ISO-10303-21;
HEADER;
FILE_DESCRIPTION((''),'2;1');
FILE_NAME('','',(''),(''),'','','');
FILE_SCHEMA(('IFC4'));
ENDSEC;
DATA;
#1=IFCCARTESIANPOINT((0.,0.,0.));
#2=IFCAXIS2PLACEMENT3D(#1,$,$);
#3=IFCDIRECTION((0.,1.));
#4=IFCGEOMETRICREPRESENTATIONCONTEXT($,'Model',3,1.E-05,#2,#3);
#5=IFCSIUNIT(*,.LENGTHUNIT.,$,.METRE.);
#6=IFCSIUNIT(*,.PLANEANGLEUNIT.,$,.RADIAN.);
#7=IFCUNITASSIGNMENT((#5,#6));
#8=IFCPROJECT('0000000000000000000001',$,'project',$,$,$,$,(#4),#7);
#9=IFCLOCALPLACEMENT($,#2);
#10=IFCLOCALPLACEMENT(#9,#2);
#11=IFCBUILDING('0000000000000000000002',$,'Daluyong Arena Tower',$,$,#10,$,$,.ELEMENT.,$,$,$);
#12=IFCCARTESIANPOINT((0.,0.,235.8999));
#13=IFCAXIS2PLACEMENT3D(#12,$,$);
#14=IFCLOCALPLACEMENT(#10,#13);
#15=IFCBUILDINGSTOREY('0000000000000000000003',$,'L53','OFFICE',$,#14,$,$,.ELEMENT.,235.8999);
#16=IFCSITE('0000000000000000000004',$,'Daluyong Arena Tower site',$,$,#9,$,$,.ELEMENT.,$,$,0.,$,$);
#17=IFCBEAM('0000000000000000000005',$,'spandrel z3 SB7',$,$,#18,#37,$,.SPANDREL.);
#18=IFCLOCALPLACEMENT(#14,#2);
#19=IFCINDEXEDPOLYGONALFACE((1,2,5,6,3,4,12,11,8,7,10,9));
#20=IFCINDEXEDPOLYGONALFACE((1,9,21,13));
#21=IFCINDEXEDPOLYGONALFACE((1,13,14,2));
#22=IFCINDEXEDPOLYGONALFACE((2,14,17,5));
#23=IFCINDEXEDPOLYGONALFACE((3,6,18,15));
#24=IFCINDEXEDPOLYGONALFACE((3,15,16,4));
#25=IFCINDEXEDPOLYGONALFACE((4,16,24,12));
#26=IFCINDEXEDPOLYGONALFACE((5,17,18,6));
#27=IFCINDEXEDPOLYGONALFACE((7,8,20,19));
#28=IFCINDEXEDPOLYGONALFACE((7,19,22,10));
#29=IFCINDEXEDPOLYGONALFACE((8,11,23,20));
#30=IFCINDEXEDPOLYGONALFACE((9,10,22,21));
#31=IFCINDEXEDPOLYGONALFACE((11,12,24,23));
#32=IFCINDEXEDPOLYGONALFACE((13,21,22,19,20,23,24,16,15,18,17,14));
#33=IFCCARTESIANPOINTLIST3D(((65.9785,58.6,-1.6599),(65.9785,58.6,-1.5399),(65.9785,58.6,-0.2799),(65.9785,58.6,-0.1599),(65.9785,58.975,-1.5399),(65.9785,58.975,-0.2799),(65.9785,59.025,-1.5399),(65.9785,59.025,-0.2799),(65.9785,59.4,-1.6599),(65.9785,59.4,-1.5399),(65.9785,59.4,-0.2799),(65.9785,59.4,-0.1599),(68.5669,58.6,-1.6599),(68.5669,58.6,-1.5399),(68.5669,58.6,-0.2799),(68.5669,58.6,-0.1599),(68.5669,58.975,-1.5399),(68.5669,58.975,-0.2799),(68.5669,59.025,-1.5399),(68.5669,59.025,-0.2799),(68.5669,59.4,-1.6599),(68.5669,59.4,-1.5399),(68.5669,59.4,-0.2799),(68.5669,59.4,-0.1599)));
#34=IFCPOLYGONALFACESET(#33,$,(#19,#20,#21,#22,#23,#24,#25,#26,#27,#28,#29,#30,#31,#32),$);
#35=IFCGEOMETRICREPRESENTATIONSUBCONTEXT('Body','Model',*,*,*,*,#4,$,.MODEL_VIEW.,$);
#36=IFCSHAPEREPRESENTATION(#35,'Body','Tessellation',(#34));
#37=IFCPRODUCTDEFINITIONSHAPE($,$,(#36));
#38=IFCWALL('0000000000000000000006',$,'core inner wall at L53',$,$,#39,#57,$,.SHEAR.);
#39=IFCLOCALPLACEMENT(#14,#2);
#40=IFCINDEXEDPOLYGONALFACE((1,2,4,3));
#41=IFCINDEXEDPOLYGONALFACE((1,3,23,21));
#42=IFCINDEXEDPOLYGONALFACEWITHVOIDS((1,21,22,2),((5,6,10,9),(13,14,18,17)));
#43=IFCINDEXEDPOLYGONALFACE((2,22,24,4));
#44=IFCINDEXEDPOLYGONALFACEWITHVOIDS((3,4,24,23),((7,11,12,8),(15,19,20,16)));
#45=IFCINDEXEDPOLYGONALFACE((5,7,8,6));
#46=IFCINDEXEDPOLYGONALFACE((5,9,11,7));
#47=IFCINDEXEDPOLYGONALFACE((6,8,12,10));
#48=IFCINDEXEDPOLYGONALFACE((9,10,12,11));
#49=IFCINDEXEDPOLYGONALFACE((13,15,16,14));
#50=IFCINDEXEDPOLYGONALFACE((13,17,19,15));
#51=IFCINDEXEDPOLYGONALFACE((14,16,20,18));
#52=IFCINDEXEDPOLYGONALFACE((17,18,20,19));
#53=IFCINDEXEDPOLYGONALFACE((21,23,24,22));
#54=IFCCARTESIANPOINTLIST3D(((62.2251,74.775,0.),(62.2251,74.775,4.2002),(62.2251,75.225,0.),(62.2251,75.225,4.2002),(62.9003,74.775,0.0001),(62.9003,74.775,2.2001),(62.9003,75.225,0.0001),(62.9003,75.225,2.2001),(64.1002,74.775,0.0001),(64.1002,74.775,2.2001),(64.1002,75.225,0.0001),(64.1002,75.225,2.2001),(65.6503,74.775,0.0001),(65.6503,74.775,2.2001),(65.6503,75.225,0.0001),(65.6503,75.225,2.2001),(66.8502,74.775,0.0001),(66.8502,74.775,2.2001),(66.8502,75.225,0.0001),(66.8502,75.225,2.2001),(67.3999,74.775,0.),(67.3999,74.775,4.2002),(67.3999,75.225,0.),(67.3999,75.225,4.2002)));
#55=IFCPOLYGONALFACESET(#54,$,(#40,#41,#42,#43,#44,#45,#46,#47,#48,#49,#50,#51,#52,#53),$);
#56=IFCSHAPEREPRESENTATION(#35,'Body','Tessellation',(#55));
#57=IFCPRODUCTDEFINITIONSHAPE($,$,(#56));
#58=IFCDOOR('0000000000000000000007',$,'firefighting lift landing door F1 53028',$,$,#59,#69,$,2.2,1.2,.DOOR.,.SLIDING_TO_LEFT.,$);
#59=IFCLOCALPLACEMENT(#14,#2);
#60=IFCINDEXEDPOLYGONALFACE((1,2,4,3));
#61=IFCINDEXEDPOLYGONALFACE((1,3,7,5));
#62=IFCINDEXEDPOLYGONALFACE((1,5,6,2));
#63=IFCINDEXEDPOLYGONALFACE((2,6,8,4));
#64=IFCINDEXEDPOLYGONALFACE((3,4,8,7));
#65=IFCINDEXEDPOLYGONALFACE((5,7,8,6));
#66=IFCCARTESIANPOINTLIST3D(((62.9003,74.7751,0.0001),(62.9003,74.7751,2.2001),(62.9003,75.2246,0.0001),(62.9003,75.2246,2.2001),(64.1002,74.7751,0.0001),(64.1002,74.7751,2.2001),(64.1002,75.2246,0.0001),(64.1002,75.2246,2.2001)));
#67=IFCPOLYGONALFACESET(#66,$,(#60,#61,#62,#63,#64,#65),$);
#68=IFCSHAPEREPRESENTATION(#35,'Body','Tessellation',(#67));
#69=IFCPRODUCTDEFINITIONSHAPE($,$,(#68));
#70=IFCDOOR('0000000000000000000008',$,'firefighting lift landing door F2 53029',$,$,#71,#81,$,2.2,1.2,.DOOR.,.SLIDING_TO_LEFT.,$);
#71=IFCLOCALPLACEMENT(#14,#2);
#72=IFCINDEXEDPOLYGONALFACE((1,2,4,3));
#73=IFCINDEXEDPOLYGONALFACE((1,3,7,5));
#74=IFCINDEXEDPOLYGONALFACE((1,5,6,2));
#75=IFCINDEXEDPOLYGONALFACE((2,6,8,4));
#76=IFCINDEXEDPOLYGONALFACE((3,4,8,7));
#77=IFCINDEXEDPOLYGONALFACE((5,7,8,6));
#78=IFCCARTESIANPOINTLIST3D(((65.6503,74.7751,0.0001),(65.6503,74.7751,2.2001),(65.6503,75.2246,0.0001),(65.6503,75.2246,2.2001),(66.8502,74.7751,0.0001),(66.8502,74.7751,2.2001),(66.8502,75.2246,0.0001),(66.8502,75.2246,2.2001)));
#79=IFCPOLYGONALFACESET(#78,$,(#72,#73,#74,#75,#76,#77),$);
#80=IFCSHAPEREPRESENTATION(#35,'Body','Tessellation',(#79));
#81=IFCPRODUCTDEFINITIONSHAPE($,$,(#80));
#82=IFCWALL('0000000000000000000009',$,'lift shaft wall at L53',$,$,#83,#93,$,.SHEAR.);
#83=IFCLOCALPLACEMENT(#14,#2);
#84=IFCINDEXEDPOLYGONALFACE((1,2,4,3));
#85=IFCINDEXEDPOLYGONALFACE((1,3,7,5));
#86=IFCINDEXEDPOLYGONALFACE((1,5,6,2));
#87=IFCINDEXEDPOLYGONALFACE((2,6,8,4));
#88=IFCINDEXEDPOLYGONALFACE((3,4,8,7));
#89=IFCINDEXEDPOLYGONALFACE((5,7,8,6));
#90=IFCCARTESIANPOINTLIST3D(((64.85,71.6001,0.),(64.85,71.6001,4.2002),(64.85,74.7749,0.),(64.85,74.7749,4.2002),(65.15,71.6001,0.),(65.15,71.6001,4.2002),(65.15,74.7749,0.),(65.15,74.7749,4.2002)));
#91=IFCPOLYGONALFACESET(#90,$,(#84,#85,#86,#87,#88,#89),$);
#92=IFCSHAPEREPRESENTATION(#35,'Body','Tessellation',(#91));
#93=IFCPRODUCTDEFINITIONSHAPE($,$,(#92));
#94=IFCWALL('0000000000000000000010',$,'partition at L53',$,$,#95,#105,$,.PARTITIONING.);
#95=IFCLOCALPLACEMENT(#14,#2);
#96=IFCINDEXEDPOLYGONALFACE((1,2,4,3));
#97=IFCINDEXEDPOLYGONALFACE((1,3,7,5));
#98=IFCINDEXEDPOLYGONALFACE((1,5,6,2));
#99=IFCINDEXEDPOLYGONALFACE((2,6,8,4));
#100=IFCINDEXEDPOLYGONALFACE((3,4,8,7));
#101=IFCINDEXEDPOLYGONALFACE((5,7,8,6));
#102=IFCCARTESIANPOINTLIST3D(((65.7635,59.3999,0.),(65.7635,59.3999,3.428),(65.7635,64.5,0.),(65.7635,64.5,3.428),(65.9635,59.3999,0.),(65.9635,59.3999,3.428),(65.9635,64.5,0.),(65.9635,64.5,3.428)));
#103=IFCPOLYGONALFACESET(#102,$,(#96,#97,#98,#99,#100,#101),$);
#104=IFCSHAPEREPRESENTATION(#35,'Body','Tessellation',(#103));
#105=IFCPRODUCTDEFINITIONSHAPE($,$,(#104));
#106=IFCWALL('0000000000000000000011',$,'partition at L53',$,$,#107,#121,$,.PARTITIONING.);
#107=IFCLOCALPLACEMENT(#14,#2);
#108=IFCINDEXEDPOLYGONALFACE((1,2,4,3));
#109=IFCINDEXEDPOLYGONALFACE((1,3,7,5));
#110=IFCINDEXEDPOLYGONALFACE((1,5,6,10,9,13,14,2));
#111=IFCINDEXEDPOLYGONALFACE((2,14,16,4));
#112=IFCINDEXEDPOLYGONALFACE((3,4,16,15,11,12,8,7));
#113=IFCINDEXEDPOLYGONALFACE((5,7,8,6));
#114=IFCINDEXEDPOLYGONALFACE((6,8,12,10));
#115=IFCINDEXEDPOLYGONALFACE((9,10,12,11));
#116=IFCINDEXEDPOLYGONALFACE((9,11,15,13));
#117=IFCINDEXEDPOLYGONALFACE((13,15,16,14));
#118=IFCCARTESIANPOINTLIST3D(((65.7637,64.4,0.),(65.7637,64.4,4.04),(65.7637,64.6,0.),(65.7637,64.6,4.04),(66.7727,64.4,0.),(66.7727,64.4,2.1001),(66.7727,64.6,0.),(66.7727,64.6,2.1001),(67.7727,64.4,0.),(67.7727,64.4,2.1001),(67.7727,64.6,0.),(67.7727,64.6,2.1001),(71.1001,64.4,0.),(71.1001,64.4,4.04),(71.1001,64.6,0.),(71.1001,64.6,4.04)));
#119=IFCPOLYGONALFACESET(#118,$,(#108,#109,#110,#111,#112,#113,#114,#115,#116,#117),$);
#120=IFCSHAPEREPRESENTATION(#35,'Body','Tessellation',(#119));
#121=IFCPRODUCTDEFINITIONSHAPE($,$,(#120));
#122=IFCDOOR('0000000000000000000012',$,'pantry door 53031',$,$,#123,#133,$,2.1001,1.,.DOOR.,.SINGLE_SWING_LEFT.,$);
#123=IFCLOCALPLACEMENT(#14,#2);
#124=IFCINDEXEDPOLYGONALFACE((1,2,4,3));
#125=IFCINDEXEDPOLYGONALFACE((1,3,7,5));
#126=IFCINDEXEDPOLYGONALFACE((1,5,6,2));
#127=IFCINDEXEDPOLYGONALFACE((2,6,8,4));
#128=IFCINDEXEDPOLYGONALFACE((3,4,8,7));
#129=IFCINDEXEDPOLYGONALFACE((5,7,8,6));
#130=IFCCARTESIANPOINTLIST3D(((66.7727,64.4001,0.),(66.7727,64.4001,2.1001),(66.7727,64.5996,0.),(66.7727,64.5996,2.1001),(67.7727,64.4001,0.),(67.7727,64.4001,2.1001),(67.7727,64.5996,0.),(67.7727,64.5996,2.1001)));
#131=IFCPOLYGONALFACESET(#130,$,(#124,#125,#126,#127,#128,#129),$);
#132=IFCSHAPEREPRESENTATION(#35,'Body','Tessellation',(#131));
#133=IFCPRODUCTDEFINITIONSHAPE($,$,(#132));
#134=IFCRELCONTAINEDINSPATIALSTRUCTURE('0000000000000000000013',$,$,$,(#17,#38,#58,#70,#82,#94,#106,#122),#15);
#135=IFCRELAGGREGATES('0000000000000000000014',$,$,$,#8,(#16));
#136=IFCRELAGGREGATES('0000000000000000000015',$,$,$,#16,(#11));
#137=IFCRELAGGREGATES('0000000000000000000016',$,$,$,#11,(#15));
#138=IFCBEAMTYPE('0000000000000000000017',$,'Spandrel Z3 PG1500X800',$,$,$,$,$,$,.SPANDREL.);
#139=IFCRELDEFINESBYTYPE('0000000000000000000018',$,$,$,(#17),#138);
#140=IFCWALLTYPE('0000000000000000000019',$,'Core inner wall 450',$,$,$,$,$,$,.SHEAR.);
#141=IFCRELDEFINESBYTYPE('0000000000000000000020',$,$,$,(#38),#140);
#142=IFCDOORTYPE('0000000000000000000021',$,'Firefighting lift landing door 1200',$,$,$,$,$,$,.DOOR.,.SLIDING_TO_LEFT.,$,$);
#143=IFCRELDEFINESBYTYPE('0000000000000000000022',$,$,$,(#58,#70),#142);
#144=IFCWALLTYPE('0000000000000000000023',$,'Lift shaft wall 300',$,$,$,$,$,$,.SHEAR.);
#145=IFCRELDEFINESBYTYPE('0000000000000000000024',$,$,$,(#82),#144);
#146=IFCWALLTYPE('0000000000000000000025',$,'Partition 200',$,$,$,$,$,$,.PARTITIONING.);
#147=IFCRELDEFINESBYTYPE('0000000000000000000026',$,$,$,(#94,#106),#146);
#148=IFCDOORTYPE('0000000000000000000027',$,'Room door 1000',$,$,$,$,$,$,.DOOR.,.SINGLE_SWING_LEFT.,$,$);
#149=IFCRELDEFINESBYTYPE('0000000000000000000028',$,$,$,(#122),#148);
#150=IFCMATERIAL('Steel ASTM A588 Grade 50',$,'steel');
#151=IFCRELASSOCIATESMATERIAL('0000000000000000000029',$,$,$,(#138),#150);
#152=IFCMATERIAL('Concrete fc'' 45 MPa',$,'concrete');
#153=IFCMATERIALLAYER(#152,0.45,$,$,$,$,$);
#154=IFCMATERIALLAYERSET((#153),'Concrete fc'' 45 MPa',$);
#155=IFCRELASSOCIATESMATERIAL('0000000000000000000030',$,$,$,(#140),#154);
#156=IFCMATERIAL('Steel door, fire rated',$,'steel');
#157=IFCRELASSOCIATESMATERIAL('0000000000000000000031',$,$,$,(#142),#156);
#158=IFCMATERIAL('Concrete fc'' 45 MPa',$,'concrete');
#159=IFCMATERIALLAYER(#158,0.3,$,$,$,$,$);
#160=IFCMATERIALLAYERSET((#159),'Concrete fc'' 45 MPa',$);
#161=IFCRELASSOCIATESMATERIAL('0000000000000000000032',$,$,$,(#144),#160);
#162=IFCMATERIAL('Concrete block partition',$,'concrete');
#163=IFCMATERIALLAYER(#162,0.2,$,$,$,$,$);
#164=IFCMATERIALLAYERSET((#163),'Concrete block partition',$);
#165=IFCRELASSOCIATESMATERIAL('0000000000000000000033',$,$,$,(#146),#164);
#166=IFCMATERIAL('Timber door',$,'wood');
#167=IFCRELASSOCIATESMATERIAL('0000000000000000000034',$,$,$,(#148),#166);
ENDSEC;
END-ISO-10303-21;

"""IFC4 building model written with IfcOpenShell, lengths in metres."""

from ifc_helpers import new_model, si_unit, direction, frame, frame_2d, origin, origin_2d, place, context, subcontext, project, spatial, rectangle, i_section, extrude, material, layer, layer_set, material_profile, profile_set, type_object, element, fill, save


model = new_model("IFC4")

# Units and contexts
model_context = context("Model", 3, precision=1e-05, world=origin(), true_north=direction((0.0, 1.0)))
body_context = subcontext(model_context, "Body", "Model", "MODEL_VIEW")
ifc_project = project(units=[si_unit("LENGTHUNIT", "METRE"), si_unit("PLANEANGLEUNIT", "RADIAN")], contexts=[model_context])

# Site, building, storey
site_placement = place(None, origin())
site = spatial("IfcSite", under=ifc_project, at=site_placement, Name="Daluyong Arena Tower site", CompositionType="ELEMENT", RefElevation=0.0)
building_placement = place(site_placement, origin())
building = spatial("IfcBuilding", under=site, at=building_placement, Name="Daluyong Arena Tower", CompositionType="ELEMENT")
storey_placement = place(building_placement, frame((0.0, 0.0, 235.8999)))
storey = spatial("IfcBuildingStorey", under=building, at=storey_placement, Name="L53", Description="OFFICE", CompositionType="ELEMENT", Elevation=235.8999)

# Beam
ifc_material_1 = material(Name="Steel ASTM A588 Grade 50", Category="steel")
ifc_material_profile_1 = material_profile(ifc_material_1, i_section(OverallWidth=0.8, OverallDepth=1.5, WebThickness=0.05, FlangeThickness=0.12, at=origin_2d()))
ifc_profile_set_1 = profile_set([ifc_material_profile_1], Name="Steel ASTM A588 Grade 50")
beam_type_1 = type_object("IfcBeamType", Name="Spandrel Z3 PG1500X800", PredefinedType="SPANDREL", material=ifc_profile_set_1)
beam_1_placement = place(storey_placement, frame((65.9785, 59.0, -0.9099), z_axis=(1.0, 0.0, 0.0), x_axis=(0.0, 1.0, 0.0)))
element("IfcBeam", 1, at=beam_1_placement, inside=storey, type_object=beam_type_1, Name="spandrel z3 SB7", PredefinedType="SPANDREL", context=body_context, shape_type="SweptSolid", body=[
    extrude(i_section(OverallWidth=0.8, OverallDepth=1.5, WebThickness=0.05, FlangeThickness=0.12, at=origin_2d()), origin(), (0.0, 0.0, 1.0), 2.5884),
])

# Shared definitions
ifc_material_2 = material(Name="Concrete fc' 45 MPa", Category="concrete")
ifc_layer_1 = layer(ifc_material_2, 0.45)
ifc_layer_set_1 = layer_set([ifc_layer_1], Name="Concrete fc' 45 MPa")
wall_type_1 = type_object("IfcWallType", Name="Core inner wall 450", PredefinedType="SHEAR", material=ifc_layer_set_1)

# Wall, openings, doors
wall_1_placement = place(storey_placement, frame((62.2251, 75.0, 0.0), z_axis=(0.0, 0.0, 1.0), x_axis=(1.0, 0.0, 0.0)))
wall_1 = element("IfcWall", 2, at=wall_1_placement, inside=storey, type_object=wall_type_1, Name="core inner wall at L53", PredefinedType="SHEAR", context=body_context, shape_type="SweptSolid", body=[
    extrude(rectangle(XDim=5.1748, YDim=0.45, at=frame_2d((2.5874, 0.0))), origin(), (0.0, 0.0, 1.0), 4.2002),
])
opening_1_placement = place(wall_1_placement, frame((0.675, 0.0, 0.0)))
opening_1 = element("IfcOpeningElement", 3, at=opening_1_placement, cuts=wall_1, PredefinedType="OPENING", context=body_context, shape_type="SweptSolid", body=[
    extrude(rectangle(XDim=1.2, YDim=2.2, at=frame_2d((0.6001, 1.1001))), frame((0.0, 0.2349, 0.0), z_axis=(0.0, -1.0, 0.0), x_axis=(1.0, 0.0, 0.0)), (0.0, 0.0, 1.0), 0.47),
])
opening_2_placement = place(wall_1_placement, frame((3.425, 0.0, 0.0)))
opening_2 = element("IfcOpeningElement", 4, at=opening_2_placement, cuts=wall_1, PredefinedType="OPENING", context=body_context, shape_type="SweptSolid", body=[
    extrude(rectangle(XDim=1.2, YDim=2.2, at=frame_2d((0.6001, 1.1001))), frame((0.0, 0.2349, 0.0), z_axis=(0.0, -1.0, 0.0), x_axis=(1.0, 0.0, 0.0)), (0.0, 0.0, 1.0), 0.47),
])
ifc_material_3 = material(Name="Steel door, fire rated", Category="steel")
door_type_1 = type_object("IfcDoorType", Name="Firefighting lift landing door 1200", OperationType="SLIDING_TO_LEFT", PredefinedType="DOOR", material=ifc_material_3)
door_1_placement = place(opening_1_placement, origin())
door_1 = element("IfcDoor", 5, at=door_1_placement, inside=storey, type_object=door_type_1, Name="firefighting lift landing door F1 53028", OperationType="SLIDING_TO_LEFT", OverallHeight=2.2, OverallWidth=1.2, PredefinedType="DOOR", context=body_context, shape_type="SweptSolid", body=[
    extrude(rectangle(XDim=1.2, YDim=2.2, at=frame_2d((0.6001, 1.1001))), frame((0.0, 0.2246, 0.0), z_axis=(0.0, -1.0, 0.0), x_axis=(1.0, 0.0, 0.0)), (0.0, 0.0, 1.0), 0.4495),
])
fill(opening_1, door_1)
door_2_placement = place(opening_2_placement, origin())
door_2 = element("IfcDoor", 6, at=door_2_placement, inside=storey, type_object=door_type_1, Name="firefighting lift landing door F2 53029", OperationType="SLIDING_TO_LEFT", OverallHeight=2.2, OverallWidth=1.2, PredefinedType="DOOR", context=body_context, shape_type="SweptSolid", body=[
    extrude(rectangle(XDim=1.2, YDim=2.2, at=frame_2d((0.6001, 1.1001))), frame((0.0, 0.2246, 0.0), z_axis=(0.0, -1.0, 0.0), x_axis=(1.0, 0.0, 0.0)), (0.0, 0.0, 1.0), 0.4495),
])
fill(opening_2, door_2)

# Walls
ifc_material_4 = material(Name="Concrete fc' 45 MPa", Category="concrete")
ifc_layer_2 = layer(ifc_material_4, 0.3)
ifc_layer_set_2 = layer_set([ifc_layer_2], Name="Concrete fc' 45 MPa")
wall_type_2 = type_object("IfcWallType", Name="Lift shaft wall 300", PredefinedType="SHEAR", material=ifc_layer_set_2)
wall_2_placement = place(storey_placement, frame((65.0, 71.6001, 0.0), z_axis=(0.0, 0.0, 1.0), x_axis=(0.0, 1.0, 0.0)))
element("IfcWall", 7, at=wall_2_placement, inside=storey, type_object=wall_type_2, Name="lift shaft wall at L53", PredefinedType="SHEAR", context=body_context, shape_type="SweptSolid", body=[
    extrude(rectangle(XDim=3.1748, YDim=0.3, at=frame_2d((1.5874, 0.0))), origin(), (0.0, 0.0, 1.0), 4.2002),
])
ifc_material_5 = material(Name="Concrete block partition", Category="concrete")
ifc_layer_3 = layer(ifc_material_5, 0.2)
ifc_layer_set_3 = layer_set([ifc_layer_3], Name="Concrete block partition")
wall_type_3 = type_object("IfcWallType", Name="Partition 200", PredefinedType="PARTITIONING", material=ifc_layer_set_3)
wall_3_placement = place(storey_placement, frame((65.8635, 59.3999, 0.0), z_axis=(0.0, 0.0, 1.0), x_axis=(0.0, 1.0, 0.0)))
element("IfcWall", 8, at=wall_3_placement, inside=storey, type_object=wall_type_3, Name="partition at L53", PredefinedType="PARTITIONING", context=body_context, shape_type="SweptSolid", body=[
    extrude(rectangle(XDim=5.1001, YDim=0.2, at=frame_2d((2.55, 0.0))), origin(), (0.0, 0.0, 1.0), 3.428),
])

# Wall, opening, door
wall_4_placement = place(storey_placement, frame((65.7637, 64.5, 0.0), z_axis=(0.0, 0.0, 1.0), x_axis=(1.0, 0.0, 0.0)))
wall_4 = element("IfcWall", 9, at=wall_4_placement, inside=storey, type_object=wall_type_3, Name="partition at L53", PredefinedType="PARTITIONING", context=body_context, shape_type="SweptSolid", body=[
    extrude(rectangle(XDim=5.3364, YDim=0.2, at=frame_2d((2.6682, 0.0))), origin(), (0.0, 0.0, 1.0), 4.04),
])
opening_3_placement = place(wall_4_placement, frame((1.009, 0.0, 0.0)))
opening_3 = element("IfcOpeningElement", 10, at=opening_3_placement, cuts=wall_4, PredefinedType="OPENING", context=body_context, shape_type="SweptSolid", body=[
    extrude(rectangle(XDim=1.0, YDim=2.1001, at=frame_2d((0.5, 1.05))), frame((0.0, 0.1099, 0.0), z_axis=(0.0, -1.0, 0.0), x_axis=(1.0, 0.0, 0.0)), (0.0, 0.0, 1.0), 0.22),
])
ifc_material_6 = material(Name="Timber door", Category="wood")
door_type_2 = type_object("IfcDoorType", Name="Room door 1000", OperationType="SINGLE_SWING_LEFT", PredefinedType="DOOR", material=ifc_material_6)
door_3_placement = place(opening_3_placement, origin())
door_3 = element("IfcDoor", 11, at=door_3_placement, inside=storey, type_object=door_type_2, Name="pantry door 53031", OperationType="SINGLE_SWING_LEFT", OverallHeight=2.1001, OverallWidth=1.0, PredefinedType="DOOR", context=body_context, shape_type="SweptSolid", body=[
    extrude(rectangle(XDim=1.0, YDim=2.1001, at=frame_2d((0.5, 1.05))), frame((0.0, 0.0996, 0.0), z_axis=(0.0, -1.0, 0.0), x_axis=(1.0, 0.0, 0.0)), (0.0, 0.0, 1.0), 0.1995),
])
fill(opening_3, door_3)

save(model, "model.ifc")
